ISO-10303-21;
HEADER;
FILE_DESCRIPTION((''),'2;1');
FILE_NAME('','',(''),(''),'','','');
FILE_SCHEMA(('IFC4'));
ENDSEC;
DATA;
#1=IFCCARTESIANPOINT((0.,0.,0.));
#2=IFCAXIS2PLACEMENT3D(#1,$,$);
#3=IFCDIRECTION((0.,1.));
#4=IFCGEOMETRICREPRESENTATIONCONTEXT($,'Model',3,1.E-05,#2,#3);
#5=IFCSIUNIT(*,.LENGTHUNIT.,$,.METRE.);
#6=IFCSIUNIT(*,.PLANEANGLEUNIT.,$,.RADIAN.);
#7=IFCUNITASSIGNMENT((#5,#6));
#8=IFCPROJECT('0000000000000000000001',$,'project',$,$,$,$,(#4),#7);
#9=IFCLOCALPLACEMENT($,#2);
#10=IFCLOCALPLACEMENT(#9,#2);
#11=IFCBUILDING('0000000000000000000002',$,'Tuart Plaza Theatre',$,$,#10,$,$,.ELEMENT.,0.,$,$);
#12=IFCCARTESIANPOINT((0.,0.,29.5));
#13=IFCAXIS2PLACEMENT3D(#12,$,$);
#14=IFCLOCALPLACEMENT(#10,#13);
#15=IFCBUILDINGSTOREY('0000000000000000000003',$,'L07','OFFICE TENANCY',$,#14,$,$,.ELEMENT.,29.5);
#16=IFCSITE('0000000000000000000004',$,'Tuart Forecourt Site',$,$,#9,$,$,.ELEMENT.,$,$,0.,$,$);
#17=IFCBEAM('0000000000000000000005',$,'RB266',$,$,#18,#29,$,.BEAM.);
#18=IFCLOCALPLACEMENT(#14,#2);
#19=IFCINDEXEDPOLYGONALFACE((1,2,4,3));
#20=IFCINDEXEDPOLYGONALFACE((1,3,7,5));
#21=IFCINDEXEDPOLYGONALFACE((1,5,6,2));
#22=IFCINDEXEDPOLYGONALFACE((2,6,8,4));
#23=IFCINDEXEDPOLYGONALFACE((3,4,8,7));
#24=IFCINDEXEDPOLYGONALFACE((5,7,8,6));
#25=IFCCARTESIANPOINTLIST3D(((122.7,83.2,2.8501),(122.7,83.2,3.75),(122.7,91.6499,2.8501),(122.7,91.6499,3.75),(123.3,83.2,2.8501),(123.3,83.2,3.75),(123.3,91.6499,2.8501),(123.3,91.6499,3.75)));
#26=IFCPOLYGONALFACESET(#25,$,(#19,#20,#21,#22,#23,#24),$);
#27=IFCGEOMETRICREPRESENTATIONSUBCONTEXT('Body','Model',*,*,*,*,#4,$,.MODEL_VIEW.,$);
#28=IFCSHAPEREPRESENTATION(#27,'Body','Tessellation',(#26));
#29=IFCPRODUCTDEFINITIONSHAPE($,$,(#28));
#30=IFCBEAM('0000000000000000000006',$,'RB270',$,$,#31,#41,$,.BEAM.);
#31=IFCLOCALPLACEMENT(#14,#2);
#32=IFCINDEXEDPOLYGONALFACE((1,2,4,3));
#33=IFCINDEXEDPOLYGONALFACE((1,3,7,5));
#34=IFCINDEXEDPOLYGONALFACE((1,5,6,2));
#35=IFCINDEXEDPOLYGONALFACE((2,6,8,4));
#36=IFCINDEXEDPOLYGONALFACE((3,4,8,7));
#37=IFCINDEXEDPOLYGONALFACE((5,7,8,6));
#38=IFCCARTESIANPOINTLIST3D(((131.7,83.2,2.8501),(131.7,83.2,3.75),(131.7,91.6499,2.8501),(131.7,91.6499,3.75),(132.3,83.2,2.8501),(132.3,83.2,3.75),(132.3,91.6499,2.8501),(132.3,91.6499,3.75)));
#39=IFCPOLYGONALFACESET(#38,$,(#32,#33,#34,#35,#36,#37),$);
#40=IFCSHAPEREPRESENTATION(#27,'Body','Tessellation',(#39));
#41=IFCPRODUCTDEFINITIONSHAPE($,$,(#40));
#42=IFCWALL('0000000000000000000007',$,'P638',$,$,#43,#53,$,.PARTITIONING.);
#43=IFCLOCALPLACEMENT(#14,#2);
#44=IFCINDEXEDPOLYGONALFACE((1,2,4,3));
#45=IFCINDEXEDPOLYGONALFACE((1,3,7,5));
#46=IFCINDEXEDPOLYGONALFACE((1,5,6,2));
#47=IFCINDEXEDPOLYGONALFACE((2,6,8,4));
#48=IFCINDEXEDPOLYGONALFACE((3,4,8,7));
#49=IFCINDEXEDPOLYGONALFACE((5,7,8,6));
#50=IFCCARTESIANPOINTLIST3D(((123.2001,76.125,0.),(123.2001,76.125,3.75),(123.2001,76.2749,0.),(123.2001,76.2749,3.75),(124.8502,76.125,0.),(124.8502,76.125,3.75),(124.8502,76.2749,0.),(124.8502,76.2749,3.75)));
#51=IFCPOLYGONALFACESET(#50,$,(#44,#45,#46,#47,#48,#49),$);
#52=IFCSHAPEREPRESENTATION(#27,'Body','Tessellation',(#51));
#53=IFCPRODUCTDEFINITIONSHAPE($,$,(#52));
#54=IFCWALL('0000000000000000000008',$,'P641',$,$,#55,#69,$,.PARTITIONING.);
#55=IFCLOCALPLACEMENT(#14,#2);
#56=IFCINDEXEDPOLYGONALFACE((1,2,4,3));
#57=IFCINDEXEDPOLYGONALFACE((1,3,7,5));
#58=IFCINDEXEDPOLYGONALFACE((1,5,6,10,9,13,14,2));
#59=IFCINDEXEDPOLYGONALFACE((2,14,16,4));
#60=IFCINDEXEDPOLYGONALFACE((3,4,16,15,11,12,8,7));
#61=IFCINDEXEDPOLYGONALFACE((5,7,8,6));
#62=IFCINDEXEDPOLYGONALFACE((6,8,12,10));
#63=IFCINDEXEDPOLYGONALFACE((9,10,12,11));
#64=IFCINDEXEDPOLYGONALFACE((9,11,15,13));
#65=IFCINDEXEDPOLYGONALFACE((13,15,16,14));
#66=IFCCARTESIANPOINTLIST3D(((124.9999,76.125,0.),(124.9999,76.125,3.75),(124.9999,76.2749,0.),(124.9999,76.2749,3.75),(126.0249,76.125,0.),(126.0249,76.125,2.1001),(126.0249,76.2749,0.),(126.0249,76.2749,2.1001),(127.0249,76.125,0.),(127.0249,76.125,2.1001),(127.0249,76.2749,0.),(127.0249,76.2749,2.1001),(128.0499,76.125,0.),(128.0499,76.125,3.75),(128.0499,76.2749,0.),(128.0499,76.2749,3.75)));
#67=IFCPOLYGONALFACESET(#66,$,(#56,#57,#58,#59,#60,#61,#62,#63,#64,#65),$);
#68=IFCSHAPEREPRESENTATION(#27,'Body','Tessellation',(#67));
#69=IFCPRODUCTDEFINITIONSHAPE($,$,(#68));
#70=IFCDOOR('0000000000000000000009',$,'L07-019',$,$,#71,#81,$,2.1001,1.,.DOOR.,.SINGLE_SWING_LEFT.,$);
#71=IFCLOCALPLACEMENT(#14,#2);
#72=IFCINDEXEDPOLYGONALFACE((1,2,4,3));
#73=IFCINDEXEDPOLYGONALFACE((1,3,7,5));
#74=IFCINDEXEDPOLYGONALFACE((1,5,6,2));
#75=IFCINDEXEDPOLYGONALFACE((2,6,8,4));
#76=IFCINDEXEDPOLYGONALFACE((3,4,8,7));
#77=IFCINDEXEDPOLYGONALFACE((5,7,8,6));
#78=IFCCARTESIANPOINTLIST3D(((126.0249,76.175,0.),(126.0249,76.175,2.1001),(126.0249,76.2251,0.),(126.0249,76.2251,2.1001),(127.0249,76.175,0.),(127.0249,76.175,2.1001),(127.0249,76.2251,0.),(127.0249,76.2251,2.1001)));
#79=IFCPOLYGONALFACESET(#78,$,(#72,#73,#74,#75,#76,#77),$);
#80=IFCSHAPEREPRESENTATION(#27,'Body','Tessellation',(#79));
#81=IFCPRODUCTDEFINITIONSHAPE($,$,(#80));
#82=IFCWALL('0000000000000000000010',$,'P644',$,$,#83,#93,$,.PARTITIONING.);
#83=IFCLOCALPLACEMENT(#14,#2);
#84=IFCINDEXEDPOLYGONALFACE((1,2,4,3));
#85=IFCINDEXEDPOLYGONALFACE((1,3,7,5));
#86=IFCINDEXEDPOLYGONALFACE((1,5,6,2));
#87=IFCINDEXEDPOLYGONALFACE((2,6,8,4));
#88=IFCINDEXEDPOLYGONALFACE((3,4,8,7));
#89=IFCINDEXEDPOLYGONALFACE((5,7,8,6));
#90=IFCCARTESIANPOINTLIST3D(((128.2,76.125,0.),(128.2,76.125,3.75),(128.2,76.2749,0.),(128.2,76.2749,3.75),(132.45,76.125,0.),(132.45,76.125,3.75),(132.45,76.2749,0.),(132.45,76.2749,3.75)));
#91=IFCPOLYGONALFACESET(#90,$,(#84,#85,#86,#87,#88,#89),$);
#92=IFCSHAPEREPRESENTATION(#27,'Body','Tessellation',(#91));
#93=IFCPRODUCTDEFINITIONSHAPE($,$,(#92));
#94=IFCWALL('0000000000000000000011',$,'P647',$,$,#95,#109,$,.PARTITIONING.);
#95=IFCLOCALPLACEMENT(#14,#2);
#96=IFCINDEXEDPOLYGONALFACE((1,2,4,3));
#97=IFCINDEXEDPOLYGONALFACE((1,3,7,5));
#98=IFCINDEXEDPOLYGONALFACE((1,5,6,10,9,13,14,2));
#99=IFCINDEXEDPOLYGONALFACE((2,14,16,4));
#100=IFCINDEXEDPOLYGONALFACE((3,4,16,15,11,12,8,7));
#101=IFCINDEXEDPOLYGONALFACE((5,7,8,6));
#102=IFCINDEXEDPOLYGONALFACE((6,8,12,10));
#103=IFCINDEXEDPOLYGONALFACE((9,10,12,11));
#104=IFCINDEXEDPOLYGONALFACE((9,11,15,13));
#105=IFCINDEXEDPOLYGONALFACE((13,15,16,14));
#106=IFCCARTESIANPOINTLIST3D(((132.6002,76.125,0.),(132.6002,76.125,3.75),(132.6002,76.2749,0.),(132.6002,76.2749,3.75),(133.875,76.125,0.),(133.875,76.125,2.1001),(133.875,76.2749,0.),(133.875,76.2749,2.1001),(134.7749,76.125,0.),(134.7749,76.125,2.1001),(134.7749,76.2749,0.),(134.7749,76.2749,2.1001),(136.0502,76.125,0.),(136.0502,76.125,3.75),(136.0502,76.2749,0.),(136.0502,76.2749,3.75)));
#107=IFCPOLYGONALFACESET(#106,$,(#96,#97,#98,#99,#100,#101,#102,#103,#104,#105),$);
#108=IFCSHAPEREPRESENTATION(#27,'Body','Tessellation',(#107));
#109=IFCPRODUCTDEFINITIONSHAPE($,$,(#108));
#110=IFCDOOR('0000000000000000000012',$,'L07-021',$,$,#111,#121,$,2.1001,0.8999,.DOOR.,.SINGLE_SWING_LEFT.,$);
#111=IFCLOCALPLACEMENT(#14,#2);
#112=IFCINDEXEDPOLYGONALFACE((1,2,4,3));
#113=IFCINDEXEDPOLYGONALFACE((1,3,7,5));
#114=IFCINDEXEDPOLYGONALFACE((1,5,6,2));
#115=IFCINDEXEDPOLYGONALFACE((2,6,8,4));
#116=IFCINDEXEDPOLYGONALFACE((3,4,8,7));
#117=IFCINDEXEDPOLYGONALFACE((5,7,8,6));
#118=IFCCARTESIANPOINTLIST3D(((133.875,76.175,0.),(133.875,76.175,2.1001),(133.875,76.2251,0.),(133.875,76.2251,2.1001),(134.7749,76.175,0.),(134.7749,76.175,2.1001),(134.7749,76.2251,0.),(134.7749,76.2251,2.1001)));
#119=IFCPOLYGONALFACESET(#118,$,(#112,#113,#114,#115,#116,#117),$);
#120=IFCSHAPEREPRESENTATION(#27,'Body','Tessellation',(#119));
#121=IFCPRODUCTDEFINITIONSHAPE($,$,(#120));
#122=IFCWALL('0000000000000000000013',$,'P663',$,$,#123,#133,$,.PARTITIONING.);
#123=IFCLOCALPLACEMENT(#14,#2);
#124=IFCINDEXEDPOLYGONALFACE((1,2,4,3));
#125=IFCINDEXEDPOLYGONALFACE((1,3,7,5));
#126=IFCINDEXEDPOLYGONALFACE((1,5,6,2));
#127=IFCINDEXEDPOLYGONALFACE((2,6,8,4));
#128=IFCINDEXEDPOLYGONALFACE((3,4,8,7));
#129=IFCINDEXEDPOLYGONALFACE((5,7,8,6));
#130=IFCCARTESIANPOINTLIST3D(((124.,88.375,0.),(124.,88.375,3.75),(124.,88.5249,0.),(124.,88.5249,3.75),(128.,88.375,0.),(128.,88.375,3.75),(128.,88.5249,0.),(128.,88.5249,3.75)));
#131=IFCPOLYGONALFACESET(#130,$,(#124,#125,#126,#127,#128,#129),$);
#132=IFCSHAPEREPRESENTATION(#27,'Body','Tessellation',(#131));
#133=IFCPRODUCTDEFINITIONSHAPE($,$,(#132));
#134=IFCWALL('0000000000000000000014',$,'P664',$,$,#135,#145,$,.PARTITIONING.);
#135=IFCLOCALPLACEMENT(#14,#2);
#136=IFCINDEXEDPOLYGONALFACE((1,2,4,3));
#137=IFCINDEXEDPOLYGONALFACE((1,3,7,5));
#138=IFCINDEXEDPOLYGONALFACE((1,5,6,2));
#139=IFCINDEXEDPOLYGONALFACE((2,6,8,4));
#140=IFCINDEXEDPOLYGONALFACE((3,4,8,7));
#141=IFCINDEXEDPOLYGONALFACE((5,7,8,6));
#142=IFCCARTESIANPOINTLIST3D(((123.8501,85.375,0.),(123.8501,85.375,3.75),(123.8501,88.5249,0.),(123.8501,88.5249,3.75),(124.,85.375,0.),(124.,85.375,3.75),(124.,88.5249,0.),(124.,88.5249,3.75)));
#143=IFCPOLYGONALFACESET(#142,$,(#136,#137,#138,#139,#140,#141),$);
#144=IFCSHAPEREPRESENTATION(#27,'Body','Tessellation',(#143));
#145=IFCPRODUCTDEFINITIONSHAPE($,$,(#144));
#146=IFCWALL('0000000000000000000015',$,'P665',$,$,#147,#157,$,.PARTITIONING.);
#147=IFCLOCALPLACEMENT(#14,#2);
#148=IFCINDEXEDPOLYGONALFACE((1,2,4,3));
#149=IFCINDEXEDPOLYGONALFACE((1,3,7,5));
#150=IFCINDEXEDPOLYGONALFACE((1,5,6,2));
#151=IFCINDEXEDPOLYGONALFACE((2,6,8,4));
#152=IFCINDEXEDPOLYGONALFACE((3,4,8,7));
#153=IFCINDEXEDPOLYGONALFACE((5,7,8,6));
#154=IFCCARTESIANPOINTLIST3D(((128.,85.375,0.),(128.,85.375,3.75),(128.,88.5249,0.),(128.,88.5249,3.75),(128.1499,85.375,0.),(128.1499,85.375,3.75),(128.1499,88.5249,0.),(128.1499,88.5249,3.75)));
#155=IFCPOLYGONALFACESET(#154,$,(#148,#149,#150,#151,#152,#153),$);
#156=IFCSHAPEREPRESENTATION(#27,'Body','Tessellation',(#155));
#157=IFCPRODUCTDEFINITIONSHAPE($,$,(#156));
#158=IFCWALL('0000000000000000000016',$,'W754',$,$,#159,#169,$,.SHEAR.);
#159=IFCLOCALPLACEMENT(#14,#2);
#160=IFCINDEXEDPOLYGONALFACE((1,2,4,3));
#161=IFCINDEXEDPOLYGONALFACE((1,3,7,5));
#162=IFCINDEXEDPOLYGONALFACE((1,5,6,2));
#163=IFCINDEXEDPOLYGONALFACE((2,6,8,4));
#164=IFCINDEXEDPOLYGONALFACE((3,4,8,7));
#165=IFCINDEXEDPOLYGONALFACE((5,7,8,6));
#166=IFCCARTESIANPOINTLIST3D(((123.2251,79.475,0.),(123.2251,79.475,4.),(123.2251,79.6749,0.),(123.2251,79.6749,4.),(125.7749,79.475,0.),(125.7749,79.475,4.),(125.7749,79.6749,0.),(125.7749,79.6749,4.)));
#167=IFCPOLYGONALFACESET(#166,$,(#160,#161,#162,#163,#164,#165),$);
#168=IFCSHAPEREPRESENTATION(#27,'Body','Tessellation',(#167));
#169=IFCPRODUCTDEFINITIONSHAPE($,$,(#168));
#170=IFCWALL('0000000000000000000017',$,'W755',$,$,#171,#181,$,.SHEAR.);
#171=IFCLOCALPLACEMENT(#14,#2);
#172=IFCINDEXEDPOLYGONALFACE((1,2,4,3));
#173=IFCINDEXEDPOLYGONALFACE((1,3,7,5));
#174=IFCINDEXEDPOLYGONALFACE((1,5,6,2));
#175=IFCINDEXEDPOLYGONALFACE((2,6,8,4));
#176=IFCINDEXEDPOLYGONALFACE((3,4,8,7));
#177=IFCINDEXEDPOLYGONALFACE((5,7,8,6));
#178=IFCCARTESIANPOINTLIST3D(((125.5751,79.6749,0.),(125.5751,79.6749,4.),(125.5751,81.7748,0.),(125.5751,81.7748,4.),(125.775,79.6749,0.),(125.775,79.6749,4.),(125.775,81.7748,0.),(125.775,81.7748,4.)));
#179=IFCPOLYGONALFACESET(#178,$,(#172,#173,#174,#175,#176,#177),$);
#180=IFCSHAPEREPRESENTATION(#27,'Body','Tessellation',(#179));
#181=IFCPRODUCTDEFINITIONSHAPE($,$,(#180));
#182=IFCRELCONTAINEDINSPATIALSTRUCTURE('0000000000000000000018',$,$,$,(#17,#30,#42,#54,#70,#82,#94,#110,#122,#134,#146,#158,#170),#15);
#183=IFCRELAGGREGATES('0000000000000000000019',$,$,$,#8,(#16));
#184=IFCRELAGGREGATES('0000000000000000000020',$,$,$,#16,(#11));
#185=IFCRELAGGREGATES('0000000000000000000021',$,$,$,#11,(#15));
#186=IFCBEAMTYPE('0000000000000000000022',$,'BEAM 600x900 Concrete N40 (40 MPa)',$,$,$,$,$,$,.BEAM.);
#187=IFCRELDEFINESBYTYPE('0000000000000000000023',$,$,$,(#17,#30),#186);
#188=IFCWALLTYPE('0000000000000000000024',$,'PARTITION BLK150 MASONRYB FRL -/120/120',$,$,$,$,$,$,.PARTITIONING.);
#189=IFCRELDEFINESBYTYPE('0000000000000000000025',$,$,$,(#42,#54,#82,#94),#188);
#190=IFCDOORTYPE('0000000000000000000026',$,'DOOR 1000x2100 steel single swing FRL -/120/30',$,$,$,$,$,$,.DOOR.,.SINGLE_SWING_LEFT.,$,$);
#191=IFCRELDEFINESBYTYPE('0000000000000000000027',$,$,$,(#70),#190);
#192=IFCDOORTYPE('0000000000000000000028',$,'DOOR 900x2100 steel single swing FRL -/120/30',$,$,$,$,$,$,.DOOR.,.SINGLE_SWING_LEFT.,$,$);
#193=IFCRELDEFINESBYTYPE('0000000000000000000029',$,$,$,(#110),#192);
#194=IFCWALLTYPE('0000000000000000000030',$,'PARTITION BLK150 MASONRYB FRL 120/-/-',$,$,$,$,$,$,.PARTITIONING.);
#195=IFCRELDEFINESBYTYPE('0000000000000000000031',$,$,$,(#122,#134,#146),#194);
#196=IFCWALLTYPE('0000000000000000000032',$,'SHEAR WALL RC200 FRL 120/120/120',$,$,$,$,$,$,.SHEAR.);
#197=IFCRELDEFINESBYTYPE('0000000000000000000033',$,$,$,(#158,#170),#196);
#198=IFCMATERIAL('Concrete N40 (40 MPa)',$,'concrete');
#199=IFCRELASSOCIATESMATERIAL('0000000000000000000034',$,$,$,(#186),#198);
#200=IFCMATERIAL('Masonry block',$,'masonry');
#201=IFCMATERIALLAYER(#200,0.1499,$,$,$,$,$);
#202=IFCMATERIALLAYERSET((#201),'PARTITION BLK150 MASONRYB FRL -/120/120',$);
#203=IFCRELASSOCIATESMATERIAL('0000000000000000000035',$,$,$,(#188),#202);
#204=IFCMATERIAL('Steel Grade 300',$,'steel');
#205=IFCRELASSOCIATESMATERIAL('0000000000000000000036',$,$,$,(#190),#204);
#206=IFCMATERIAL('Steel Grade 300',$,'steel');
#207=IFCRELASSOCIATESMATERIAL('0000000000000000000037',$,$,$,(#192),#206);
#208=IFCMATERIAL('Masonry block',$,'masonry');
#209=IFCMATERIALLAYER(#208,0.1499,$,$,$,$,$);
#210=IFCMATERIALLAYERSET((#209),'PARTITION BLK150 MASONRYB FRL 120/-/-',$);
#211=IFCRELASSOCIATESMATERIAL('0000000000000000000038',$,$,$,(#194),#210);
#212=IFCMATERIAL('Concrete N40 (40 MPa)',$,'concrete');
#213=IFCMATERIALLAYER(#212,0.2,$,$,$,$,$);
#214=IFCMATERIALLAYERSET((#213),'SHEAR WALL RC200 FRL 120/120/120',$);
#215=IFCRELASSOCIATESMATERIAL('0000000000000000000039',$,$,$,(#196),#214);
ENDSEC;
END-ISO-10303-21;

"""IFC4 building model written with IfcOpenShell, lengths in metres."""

from ifc_helpers import new_model, si_unit, direction, frame, frame_2d, origin, origin_2d, place, context, subcontext, project, spatial, rectangle, extrude, material, layer, layer_set, material_profile, profile_set, type_object, element, fill, save


model = new_model("IFC4")

# Units and contexts
model_context = context("Model", 3, precision=1e-05, world=origin(), true_north=direction((0.0, 1.0)))
body_context = subcontext(model_context, "Body", "Model", "MODEL_VIEW")
ifc_project = project(units=[si_unit("LENGTHUNIT", "METRE"), si_unit("PLANEANGLEUNIT", "RADIAN")], contexts=[model_context])

# Site, building, storey
site_placement = place(None, origin())
site = spatial("IfcSite", under=ifc_project, at=site_placement, Name="Tuart Forecourt Site", CompositionType="ELEMENT", RefElevation=0.0)
building_placement = place(site_placement, origin())
building = spatial("IfcBuilding", under=site, at=building_placement, Name="Tuart Plaza Theatre", CompositionType="ELEMENT", ElevationOfRefHeight=0.0)
storey_placement = place(building_placement, frame((0.0, 0.0, 29.5)))
storey = spatial("IfcBuildingStorey", under=building, at=storey_placement, Name="L07", Description="OFFICE TENANCY", CompositionType="ELEMENT", Elevation=29.5)

# Beams
ifc_material_1 = material(Name="Concrete N40 (40 MPa)", Category="concrete")
ifc_material_profile = material_profile(ifc_material_1, rectangle(XDim=0.6001, YDim=0.8999, at=origin_2d()), Name="BEAM 600x900 Concrete N40 (40 MPa)")
ifc_profile_set = profile_set([ifc_material_profile], Name="Concrete N40 (40 MPa)")
beam_type = type_object("IfcBeamType", Name="BEAM 600x900 Concrete N40 (40 MPa)", PredefinedType="BEAM", material=ifc_profile_set)
for number, where, z_axis, x_axis, name in (
    (1, (123.0, 83.2, 3.3), (0.0, 1.0, 0.0), (-1.0, 0.0, 0.0), "RB266"),
    (2, (132.0, 83.2, 3.3), (0.0, 1.0, 0.0), (-1.0, 0.0, 0.0), "RB270"),
):
    element("IfcBeam", number, at=place(storey_placement, frame(where, z_axis=z_axis, x_axis=x_axis)), inside=storey, type_object=beam_type, Name=name, PredefinedType="BEAM", context=body_context, shape_type="SweptSolid", body=[
        extrude(rectangle(XDim=0.6001, YDim=0.8999, at=origin_2d()), origin(), (0.0, 0.0, 1.0), 8.45),
    ])

# Wall
ifc_material_2 = material(Name="Masonry block", Category="masonry")
ifc_layer_1 = layer(ifc_material_2, 0.1499)
ifc_layer_set_1 = layer_set([ifc_layer_1], Name="PARTITION BLK150 MASONRYB FRL -/120/120")
wall_type_1 = type_object("IfcWallType", Name="PARTITION BLK150 MASONRYB FRL -/120/120", PredefinedType="PARTITIONING", material=ifc_layer_set_1)
wall_1_placement = place(storey_placement, frame((123.2, 76.2, 0.0), z_axis=(0.0, 0.0, 1.0), x_axis=(1.0, 0.0, 0.0)))
element("IfcWall", 3, at=wall_1_placement, inside=storey, type_object=wall_type_1, Name="P638", PredefinedType="PARTITIONING", context=body_context, shape_type="SweptSolid", body=[
    extrude(rectangle(XDim=1.6501, YDim=0.1499, at=frame_2d((0.8252, 0.0))), origin(), (0.0, 0.0, 1.0), 3.75),
])

# Wall, opening, door
wall_2_placement = place(storey_placement, frame((125.0, 76.2, 0.0), z_axis=(0.0, 0.0, 1.0), x_axis=(1.0, 0.0, 0.0)))
wall_2 = element("IfcWall", 4, at=wall_2_placement, inside=storey, type_object=wall_type_1, Name="P641", PredefinedType="PARTITIONING", context=body_context, shape_type="SweptSolid", body=[
    extrude(rectangle(XDim=3.05, YDim=0.1499, at=frame_2d((1.5249, 0.0))), origin(), (0.0, 0.0, 1.0), 3.75),
])
opening_1_placement = place(wall_2_placement, frame((1.0249, 0.0, 0.0)))
opening_1 = element("IfcOpeningElement", 5, at=opening_1_placement, cuts=wall_2, PredefinedType="OPENING", context=body_context, shape_type="SweptSolid", body=[
    extrude(rectangle(XDim=1.0, YDim=2.1001, at=frame_2d((0.5, 1.05))), frame((0.0, 0.085, 0.0), z_axis=(0.0, -1.0, 0.0), x_axis=(1.0, 0.0, 0.0)), (0.0, 0.0, 1.0), 0.1699),
])
ifc_material_3 = material(Name="Steel Grade 300", Category="steel")
door_type_1 = type_object("IfcDoorType", Name="DOOR 1000x2100 steel single swing FRL -/120/30", OperationType="SINGLE_SWING_LEFT", PredefinedType="DOOR", material=ifc_material_3)
door_1_placement = place(opening_1_placement, frame((1.0, 0.0, 0.0), z_axis=(0.0, 0.0, 1.0), x_axis=(-1.0, 0.0, 0.0)))
door_1 = element("IfcDoor", 6, at=door_1_placement, inside=storey, type_object=door_type_1, Name="L07-019", OperationType="SINGLE_SWING_LEFT", OverallHeight=2.1001, OverallWidth=1.0, PredefinedType="DOOR", context=body_context, shape_type="SweptSolid", body=[
    extrude(rectangle(XDim=1.0, YDim=2.1001, at=frame_2d((0.5, 1.05))), frame((0.0, 0.0249, 0.0), z_axis=(0.0, -1.0, 0.0), x_axis=(1.0, 0.0, 0.0)), (0.0, 0.0, 1.0), 0.05),
])
fill(opening_1, door_1)

# Wall
wall_3_placement = place(storey_placement, frame((128.2, 76.2, 0.0), z_axis=(0.0, 0.0, 1.0), x_axis=(1.0, 0.0, 0.0)))
element("IfcWall", 7, at=wall_3_placement, inside=storey, type_object=wall_type_1, Name="P644", PredefinedType="PARTITIONING", context=body_context, shape_type="SweptSolid", body=[
    extrude(rectangle(XDim=4.25, YDim=0.1499, at=frame_2d((2.125, 0.0))), origin(), (0.0, 0.0, 1.0), 3.75),
])

# Wall, opening, door
wall_4_placement = place(storey_placement, frame((132.6001, 76.2, 0.0), z_axis=(0.0, 0.0, 1.0), x_axis=(1.0, 0.0, 0.0)))
wall_4 = element("IfcWall", 8, at=wall_4_placement, inside=storey, type_object=wall_type_1, Name="P647", PredefinedType="PARTITIONING", context=body_context, shape_type="SweptSolid", body=[
    extrude(rectangle(XDim=3.45, YDim=0.1499, at=frame_2d((1.7251, 0.0))), origin(), (0.0, 0.0, 1.0), 3.75),
])
opening_2_placement = place(wall_4_placement, frame((1.2749, 0.0, 0.0)))
opening_2 = element("IfcOpeningElement", 9, at=opening_2_placement, cuts=wall_4, PredefinedType="OPENING", context=body_context, shape_type="SweptSolid", body=[
    extrude(rectangle(XDim=0.8999, YDim=2.1001, at=frame_2d((0.45, 1.05))), frame((0.0, 0.085, 0.0), z_axis=(0.0, -1.0, 0.0), x_axis=(1.0, 0.0, 0.0)), (0.0, 0.0, 1.0), 0.1699),
])
ifc_material_4 = material(Name="Steel Grade 300", Category="steel")
door_type_2 = type_object("IfcDoorType", Name="DOOR 900x2100 steel single swing FRL -/120/30", OperationType="SINGLE_SWING_LEFT", PredefinedType="DOOR", material=ifc_material_4)
door_2_placement = place(opening_2_placement, frame((0.8999, 0.0, 0.0), z_axis=(0.0, 0.0, 1.0), x_axis=(-1.0, 0.0, 0.0)))
door_2 = element("IfcDoor", 10, at=door_2_placement, inside=storey, type_object=door_type_2, Name="L07-021", OperationType="SINGLE_SWING_LEFT", OverallHeight=2.1001, OverallWidth=0.8999, PredefinedType="DOOR", context=body_context, shape_type="SweptSolid", body=[
    extrude(rectangle(XDim=0.8999, YDim=2.1001, at=frame_2d((0.45, 1.05))), frame((0.0, 0.0249, 0.0), z_axis=(0.0, -1.0, 0.0), x_axis=(1.0, 0.0, 0.0)), (0.0, 0.0, 1.0), 0.05),
])
fill(opening_2, door_2)

# Walls
ifc_material_5 = material(Name="Masonry block", Category="masonry")
ifc_layer_2 = layer(ifc_material_5, 0.1499)
ifc_layer_set_2 = layer_set([ifc_layer_2], Name="PARTITION BLK150 MASONRYB FRL 120/-/-")
wall_type_2 = type_object("IfcWallType", Name="PARTITION BLK150 MASONRYB FRL 120/-/-", PredefinedType="PARTITIONING", material=ifc_layer_set_2)
wall_5_placement = place(storey_placement, frame((124.0, 88.45, 0.0), z_axis=(0.0, 0.0, 1.0), x_axis=(1.0, 0.0, 0.0)))
element("IfcWall", 11, at=wall_5_placement, inside=storey, type_object=wall_type_2, Name="P663", PredefinedType="PARTITIONING", context=body_context, shape_type="SweptSolid", body=[
    extrude(rectangle(XDim=4.0, YDim=0.1499, at=frame_2d((2.0, 0.0))), origin(), (0.0, 0.0, 1.0), 3.75),
])
for number, where, z_axis, x_axis, name in (
    (12, (123.925, 85.375, 0.0), (0.0, 0.0, 1.0), (0.0, 1.0, 0.0), "P664"),
    (13, (128.075, 85.375, 0.0), (0.0, 0.0, 1.0), (0.0, 1.0, 0.0), "P665"),
):
    element("IfcWall", number, at=place(storey_placement, frame(where, z_axis=z_axis, x_axis=x_axis)), inside=storey, type_object=wall_type_2, Name=name, PredefinedType="PARTITIONING", context=body_context, shape_type="SweptSolid", body=[
        extrude(rectangle(XDim=3.1499, YDim=0.1499, at=frame_2d((1.575, 0.0))), origin(), (0.0, 0.0, 1.0), 3.75),
    ])
ifc_material_6 = material(Name="Concrete N40 (40 MPa)", Category="concrete")
ifc_layer_3 = layer(ifc_material_6, 0.2)
ifc_layer_set_3 = layer_set([ifc_layer_3], Name="SHEAR WALL RC200 FRL 120/120/120")
wall_type_3 = type_object("IfcWallType", Name="SHEAR WALL RC200 FRL 120/120/120", PredefinedType="SHEAR", material=ifc_layer_set_3)
wall_6_placement = place(storey_placement, frame((123.2251, 79.575, 0.0), z_axis=(0.0, 0.0, 1.0), x_axis=(1.0, 0.0, 0.0)))
element("IfcWall", 14, at=wall_6_placement, inside=storey, type_object=wall_type_3, Name="W754", PredefinedType="SHEAR", context=body_context, shape_type="SweptSolid", body=[
    extrude(rectangle(XDim=2.5498, YDim=0.2, at=frame_2d((1.2749, 0.0))), origin(), (0.0, 0.0, 1.0), 4.0),
])
wall_7_placement = place(storey_placement, frame((125.675, 79.675, 0.0), z_axis=(0.0, 0.0, 1.0), x_axis=(0.0, 1.0, 0.0)))
element("IfcWall", 15, at=wall_7_placement, inside=storey, type_object=wall_type_3, Name="W755", PredefinedType="SHEAR", context=body_context, shape_type="SweptSolid", body=[
    extrude(rectangle(XDim=2.0999, YDim=0.2, at=frame_2d((1.0498, 0.0))), origin(), (0.0, 0.0, 1.0), 4.0),
])

save(model, "model.ifc")
